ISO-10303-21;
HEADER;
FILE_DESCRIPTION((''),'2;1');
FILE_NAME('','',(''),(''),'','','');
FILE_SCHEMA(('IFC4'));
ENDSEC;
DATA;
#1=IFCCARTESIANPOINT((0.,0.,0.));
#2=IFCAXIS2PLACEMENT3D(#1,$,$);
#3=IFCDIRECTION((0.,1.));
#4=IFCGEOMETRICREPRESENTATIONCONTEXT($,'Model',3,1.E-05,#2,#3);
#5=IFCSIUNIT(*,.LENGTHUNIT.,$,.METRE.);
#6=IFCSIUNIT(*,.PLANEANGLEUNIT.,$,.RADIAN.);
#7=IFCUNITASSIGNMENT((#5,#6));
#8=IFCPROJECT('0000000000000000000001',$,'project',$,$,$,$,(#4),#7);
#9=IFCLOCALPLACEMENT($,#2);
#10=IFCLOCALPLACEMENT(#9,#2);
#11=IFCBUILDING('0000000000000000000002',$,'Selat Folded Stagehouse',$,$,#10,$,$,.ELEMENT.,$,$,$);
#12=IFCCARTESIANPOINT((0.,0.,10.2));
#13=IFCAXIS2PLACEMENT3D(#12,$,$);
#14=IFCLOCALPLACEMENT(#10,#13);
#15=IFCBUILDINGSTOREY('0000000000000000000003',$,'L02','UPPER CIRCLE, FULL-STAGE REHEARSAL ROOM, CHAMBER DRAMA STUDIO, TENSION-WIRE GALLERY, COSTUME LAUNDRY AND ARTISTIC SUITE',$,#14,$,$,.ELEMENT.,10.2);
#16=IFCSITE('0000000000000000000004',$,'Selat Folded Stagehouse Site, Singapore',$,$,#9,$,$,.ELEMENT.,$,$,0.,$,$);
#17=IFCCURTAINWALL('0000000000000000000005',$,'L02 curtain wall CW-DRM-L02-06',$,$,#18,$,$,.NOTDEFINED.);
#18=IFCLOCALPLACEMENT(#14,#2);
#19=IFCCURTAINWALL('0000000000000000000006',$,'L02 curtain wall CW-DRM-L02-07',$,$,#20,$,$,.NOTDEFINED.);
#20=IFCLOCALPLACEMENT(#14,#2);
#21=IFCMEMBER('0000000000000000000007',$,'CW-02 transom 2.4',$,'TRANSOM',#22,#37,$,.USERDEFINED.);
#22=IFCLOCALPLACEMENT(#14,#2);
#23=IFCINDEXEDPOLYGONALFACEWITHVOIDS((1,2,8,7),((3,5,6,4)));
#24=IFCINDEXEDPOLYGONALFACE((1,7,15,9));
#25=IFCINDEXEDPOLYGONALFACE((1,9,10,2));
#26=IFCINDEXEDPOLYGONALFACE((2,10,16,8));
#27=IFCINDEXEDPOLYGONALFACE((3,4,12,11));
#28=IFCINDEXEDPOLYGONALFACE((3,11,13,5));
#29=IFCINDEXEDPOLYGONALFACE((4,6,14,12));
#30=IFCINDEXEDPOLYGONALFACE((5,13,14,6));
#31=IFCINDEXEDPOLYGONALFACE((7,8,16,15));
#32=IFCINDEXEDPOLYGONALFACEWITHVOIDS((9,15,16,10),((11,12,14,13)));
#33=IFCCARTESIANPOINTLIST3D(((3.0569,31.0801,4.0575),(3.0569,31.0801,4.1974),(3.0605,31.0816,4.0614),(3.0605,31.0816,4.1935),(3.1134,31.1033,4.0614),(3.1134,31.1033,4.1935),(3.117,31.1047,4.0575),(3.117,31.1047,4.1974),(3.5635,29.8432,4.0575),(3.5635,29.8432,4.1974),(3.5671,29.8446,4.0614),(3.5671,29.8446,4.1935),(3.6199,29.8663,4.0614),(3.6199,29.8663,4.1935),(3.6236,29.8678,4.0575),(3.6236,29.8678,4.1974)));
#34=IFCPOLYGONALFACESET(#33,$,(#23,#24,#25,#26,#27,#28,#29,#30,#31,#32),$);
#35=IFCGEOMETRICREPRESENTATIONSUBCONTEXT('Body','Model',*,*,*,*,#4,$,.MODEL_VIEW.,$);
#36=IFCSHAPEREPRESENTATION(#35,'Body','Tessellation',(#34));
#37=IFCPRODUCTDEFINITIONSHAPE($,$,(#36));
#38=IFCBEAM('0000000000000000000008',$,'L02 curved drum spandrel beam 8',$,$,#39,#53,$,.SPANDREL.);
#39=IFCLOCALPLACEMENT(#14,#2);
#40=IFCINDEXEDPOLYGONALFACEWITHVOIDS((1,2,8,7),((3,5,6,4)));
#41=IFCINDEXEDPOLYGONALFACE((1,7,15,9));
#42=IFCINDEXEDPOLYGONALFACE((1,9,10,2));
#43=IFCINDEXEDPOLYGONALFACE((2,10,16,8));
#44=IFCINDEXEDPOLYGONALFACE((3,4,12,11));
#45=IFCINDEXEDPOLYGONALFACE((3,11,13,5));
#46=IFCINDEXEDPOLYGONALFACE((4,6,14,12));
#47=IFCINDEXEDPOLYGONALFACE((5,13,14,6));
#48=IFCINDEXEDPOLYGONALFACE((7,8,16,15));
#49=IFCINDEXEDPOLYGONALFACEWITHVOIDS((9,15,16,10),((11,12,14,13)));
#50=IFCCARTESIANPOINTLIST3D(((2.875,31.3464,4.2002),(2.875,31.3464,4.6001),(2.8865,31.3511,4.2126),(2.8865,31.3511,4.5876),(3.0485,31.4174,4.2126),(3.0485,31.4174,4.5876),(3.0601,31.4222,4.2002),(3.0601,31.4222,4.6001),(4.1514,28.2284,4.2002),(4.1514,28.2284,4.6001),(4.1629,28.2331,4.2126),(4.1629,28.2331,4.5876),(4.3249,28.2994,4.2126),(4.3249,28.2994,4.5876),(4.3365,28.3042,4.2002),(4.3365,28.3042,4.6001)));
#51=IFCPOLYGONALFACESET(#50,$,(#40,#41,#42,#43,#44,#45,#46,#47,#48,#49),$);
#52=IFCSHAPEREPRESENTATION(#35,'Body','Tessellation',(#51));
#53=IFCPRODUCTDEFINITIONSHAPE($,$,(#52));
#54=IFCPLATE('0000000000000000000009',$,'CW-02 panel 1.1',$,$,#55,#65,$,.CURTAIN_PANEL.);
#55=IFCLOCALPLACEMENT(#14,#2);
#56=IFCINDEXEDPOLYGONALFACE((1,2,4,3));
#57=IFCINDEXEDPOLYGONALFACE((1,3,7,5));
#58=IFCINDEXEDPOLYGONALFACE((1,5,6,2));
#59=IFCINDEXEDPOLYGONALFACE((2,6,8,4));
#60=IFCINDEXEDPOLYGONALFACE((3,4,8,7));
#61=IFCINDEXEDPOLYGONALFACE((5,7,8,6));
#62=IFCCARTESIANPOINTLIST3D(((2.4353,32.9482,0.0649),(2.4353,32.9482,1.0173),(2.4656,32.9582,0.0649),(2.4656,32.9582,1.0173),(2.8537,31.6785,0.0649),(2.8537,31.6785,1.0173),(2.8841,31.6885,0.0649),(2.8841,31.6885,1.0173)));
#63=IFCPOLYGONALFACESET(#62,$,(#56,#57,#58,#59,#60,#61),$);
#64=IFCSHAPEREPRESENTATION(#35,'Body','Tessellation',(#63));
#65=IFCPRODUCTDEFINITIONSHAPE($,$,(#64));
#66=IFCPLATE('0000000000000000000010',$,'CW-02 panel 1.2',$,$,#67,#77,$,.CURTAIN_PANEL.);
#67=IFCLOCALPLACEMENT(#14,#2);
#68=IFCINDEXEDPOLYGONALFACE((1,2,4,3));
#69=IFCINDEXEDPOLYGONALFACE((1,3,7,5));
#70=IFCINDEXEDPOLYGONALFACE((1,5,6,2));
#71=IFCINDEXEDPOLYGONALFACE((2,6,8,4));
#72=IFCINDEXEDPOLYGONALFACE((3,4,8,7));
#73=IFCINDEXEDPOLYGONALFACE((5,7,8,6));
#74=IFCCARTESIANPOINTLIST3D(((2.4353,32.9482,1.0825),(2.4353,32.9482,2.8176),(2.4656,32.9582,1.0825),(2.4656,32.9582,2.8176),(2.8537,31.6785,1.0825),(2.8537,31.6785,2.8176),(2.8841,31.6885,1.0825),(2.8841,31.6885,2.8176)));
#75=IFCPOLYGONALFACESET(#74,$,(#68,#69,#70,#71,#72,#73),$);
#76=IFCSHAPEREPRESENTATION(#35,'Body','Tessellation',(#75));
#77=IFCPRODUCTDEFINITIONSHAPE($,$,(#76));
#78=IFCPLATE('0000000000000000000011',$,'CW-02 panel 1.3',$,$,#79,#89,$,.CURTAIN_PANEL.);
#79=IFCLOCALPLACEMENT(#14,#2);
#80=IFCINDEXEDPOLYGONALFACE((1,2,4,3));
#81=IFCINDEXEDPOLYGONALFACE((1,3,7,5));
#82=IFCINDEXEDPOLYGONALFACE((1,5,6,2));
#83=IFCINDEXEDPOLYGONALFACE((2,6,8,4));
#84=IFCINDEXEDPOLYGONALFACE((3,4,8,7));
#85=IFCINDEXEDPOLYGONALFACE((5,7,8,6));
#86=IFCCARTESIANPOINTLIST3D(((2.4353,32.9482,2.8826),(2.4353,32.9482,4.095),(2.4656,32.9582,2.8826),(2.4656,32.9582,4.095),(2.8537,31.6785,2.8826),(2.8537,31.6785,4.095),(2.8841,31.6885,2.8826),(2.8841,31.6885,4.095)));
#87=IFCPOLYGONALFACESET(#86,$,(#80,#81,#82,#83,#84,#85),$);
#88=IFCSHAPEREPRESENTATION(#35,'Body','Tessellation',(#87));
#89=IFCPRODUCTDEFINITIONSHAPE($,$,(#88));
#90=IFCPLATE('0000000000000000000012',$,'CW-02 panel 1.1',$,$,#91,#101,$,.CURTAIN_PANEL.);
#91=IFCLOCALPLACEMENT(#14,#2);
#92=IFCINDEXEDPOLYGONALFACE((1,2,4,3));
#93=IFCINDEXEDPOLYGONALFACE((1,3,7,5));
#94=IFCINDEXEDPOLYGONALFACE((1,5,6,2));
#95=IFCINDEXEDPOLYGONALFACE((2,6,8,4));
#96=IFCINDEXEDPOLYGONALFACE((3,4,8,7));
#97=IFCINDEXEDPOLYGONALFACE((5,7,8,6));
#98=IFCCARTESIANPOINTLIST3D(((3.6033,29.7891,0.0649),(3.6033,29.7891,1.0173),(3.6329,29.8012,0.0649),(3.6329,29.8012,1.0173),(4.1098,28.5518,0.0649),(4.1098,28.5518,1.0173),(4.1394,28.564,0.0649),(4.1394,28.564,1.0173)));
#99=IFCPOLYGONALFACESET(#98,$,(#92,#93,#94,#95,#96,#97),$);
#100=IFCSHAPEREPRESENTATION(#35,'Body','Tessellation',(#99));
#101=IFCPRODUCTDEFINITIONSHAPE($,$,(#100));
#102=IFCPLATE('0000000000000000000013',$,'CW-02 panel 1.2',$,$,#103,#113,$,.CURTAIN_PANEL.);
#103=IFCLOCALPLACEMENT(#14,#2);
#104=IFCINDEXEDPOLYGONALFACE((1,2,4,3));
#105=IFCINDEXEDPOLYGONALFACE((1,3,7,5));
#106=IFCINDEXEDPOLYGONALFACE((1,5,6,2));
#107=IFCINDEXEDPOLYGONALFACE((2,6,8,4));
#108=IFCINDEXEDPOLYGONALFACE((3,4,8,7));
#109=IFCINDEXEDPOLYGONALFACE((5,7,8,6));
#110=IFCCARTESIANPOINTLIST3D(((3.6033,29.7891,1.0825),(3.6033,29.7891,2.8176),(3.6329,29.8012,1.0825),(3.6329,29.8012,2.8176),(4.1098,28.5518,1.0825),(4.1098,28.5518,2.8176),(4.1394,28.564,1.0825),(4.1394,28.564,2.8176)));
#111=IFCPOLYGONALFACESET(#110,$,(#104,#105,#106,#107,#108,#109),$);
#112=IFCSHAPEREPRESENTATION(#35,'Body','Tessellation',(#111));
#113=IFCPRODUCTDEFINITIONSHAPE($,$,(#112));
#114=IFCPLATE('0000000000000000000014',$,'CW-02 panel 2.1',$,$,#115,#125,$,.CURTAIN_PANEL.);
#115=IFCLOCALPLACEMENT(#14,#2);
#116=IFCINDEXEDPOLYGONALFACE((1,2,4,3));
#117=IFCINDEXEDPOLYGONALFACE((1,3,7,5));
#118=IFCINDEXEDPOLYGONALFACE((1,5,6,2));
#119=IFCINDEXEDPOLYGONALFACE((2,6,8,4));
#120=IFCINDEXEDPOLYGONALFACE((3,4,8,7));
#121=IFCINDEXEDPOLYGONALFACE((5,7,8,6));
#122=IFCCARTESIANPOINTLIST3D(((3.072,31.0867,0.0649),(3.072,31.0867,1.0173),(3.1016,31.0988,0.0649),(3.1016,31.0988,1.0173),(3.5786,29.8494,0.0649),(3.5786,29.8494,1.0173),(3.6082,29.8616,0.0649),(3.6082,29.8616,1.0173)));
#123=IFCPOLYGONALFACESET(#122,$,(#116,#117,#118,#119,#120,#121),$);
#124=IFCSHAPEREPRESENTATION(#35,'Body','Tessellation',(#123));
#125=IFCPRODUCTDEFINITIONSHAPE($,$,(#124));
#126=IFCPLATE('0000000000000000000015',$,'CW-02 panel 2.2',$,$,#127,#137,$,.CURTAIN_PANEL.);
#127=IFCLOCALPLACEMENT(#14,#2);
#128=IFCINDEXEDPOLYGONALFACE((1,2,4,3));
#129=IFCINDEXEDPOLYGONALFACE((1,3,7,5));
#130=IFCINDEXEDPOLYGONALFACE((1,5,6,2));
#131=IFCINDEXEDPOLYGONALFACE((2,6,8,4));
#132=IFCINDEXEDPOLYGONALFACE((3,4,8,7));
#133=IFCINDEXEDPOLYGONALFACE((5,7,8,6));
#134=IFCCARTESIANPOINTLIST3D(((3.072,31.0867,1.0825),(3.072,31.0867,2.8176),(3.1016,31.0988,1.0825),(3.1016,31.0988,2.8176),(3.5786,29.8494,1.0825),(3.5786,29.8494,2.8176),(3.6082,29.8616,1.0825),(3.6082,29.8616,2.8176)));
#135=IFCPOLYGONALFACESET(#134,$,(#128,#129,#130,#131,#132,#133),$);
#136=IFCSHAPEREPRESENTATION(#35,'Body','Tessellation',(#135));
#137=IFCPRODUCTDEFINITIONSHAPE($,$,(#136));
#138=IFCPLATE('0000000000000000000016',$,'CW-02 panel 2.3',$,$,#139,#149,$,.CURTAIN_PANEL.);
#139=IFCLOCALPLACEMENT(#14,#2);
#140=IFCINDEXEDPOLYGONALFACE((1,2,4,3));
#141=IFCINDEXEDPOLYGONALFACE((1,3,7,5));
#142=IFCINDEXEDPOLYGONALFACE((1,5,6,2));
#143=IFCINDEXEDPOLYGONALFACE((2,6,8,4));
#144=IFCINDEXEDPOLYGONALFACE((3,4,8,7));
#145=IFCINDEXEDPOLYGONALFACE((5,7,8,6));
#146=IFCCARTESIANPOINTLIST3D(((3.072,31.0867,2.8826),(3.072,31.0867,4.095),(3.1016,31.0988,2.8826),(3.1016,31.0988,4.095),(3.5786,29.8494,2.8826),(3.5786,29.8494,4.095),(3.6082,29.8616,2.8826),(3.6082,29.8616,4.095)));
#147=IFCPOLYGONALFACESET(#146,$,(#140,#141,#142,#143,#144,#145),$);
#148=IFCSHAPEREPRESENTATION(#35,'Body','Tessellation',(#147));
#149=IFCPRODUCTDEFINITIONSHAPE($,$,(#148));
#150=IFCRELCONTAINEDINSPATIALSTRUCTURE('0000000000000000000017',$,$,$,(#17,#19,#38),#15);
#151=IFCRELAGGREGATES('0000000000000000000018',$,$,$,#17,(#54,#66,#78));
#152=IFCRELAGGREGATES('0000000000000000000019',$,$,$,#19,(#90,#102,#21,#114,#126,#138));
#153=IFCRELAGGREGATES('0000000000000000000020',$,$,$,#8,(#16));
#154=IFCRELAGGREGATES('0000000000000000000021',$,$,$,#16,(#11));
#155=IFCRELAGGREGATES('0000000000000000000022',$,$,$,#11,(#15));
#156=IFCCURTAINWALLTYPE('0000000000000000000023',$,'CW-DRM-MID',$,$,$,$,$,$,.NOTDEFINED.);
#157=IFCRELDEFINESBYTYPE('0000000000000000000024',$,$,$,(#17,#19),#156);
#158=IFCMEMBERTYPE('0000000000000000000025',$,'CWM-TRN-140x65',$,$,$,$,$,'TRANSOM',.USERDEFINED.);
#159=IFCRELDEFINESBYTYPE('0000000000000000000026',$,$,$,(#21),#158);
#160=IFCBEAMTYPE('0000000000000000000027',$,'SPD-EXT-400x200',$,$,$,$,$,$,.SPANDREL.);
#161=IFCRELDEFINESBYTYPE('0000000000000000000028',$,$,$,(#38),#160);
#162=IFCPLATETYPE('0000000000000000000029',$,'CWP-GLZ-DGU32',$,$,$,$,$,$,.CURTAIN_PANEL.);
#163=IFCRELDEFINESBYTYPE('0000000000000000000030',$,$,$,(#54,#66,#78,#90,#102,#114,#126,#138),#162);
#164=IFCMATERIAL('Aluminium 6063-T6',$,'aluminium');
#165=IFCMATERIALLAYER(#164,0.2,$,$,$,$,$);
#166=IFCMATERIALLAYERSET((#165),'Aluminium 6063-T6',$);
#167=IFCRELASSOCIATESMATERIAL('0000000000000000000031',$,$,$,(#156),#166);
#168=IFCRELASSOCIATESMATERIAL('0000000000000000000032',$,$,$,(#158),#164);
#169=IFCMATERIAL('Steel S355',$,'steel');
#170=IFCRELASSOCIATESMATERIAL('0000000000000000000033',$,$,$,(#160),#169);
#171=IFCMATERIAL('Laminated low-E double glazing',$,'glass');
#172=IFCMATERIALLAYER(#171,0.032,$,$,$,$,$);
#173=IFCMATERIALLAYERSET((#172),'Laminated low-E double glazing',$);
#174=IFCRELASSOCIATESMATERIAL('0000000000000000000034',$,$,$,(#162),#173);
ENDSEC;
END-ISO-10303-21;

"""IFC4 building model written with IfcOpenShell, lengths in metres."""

from ifc_helpers import new_model, si_unit, direction, frame, origin, origin_2d, place, context, subcontext, project, spatial, rectangle, hollow_rectangle, extrude, material, layer, layer_set, material_profile, profile_set, type_object, element, aggregate, save


model = new_model("IFC4")

# Units and contexts
model_context = context("Model", 3, precision=1e-05, world=origin(), true_north=direction((0.0, 1.0)))
body_context = subcontext(model_context, "Body", "Model", "MODEL_VIEW")
ifc_project = project(units=[si_unit("LENGTHUNIT", "METRE"), si_unit("PLANEANGLEUNIT", "RADIAN")], contexts=[model_context])

# Site, building, storey
site_placement = place(None, origin())
site = spatial("IfcSite", under=ifc_project, at=site_placement, Name="Selat Folded Stagehouse Site, Singapore", CompositionType="ELEMENT", RefElevation=0.0)
building_placement = place(site_placement, origin())
building = spatial("IfcBuilding", under=site, at=building_placement, Name="Selat Folded Stagehouse", CompositionType="ELEMENT")
storey_placement = place(building_placement, frame((0.0, 0.0, 10.2)))
storey = spatial("IfcBuildingStorey", under=building, at=storey_placement, Name="L02", Description="UPPER CIRCLE, FULL-STAGE REHEARSAL ROOM, CHAMBER DRAMA STUDIO, TENSION-WIRE GALLERY, COSTUME LAUNDRY AND ARTISTIC SUITE", CompositionType="ELEMENT", Elevation=10.2)

# Curtain walls, member
ifc_material_1 = material(Name="Aluminium 6063-T6", Category="aluminium")
ifc_layer_1 = layer(ifc_material_1, 0.2)
ifc_layer_set_1 = layer_set([ifc_layer_1], Name="Aluminium 6063-T6")
curtain_wall_type = type_object("IfcCurtainWallType", Name="CW-DRM-MID", PredefinedType="NOTDEFINED", material=ifc_layer_set_1)
curtain_wall_1_placement = place(storey_placement, origin())
curtain_wall_1 = element("IfcCurtainWall", 1, at=curtain_wall_1_placement, inside=storey, type_object=curtain_wall_type, Name="L02 curtain wall CW-DRM-L02-06", PredefinedType="NOTDEFINED")
ifc_material_profile_1 = material_profile(ifc_material_1, hollow_rectangle(XDim=0.0649, YDim=0.1399, WallThickness=0.0039, at=origin_2d()), Name="ALU 140x65x4.0")
ifc_profile_set_1 = profile_set([ifc_material_profile_1], Name="Aluminium 6063-T6")
member_type_1 = type_object("IfcMemberType", Name="CWM-TRN-140x65", ElementType="TRANSOM", PredefinedType="USERDEFINED", material=ifc_profile_set_1)
curtain_wall_2_placement = place(storey_placement, origin())
curtain_wall_2 = element("IfcCurtainWall", 2, at=curtain_wall_2_placement, inside=storey, type_object=curtain_wall_type, Name="L02 curtain wall CW-DRM-L02-07", PredefinedType="NOTDEFINED")
member_1_placement = place(storey_placement, frame((3.5935, 29.8555, 4.1274), z_axis=(-0.378967, 0.92541, 0.0), x_axis=(-0.92541, -0.378967, 0.0)))
member_1 = element("IfcMember", 3, at=member_1_placement, type_object=member_type_1, Name="CW-02 transom 2.4", ObjectType="TRANSOM", PredefinedType="USERDEFINED", context=body_context, shape_type="SweptSolid", body=[
    extrude(hollow_rectangle(XDim=0.0649, YDim=0.1399, WallThickness=0.0039, at=origin_2d()), origin(), (0.0, 0.0, 1.0), 1.3367),
])

# Beam
ifc_material_2 = material(Name="Steel S355", Category="steel")
ifc_material_profile_2 = material_profile(ifc_material_2, hollow_rectangle(XDim=0.2, YDim=0.3999, WallThickness=0.0125, at=origin_2d()), Name="RHS 400x200x12.5")
ifc_profile_set_2 = profile_set([ifc_material_profile_2], Name="Steel S355")
beam_type = type_object("IfcBeamType", Name="SPD-EXT-400x200", PredefinedType="SPANDREL", material=ifc_profile_set_2)
beam_placement = place(storey_placement, frame((2.9675, 31.3843, 4.4001), z_axis=(0.37885, -0.925458, 0.0), x_axis=(0.925458, 0.37885, 0.0)))
element("IfcBeam", 4, at=beam_placement, inside=storey, type_object=beam_type, Name="L02 curved drum spandrel beam 8", PredefinedType="SPANDREL", context=body_context, shape_type="SweptSolid", body=[
    extrude(hollow_rectangle(XDim=0.2, YDim=0.3999, WallThickness=0.0125, at=origin_2d()), origin(), (0.0, 0.0, 1.0), 3.3691),
])

# Plates
ifc_material_3 = material(Name="Laminated low-E double glazing", Category="glass")
ifc_layer_2 = layer(ifc_material_3, 0.032)
ifc_layer_set_2 = layer_set([ifc_layer_2], Name="Laminated low-E double glazing")
plate_type = type_object("IfcPlateType", Name="CWP-GLZ-DGU32", PredefinedType="CURTAIN_PANEL", material=ifc_layer_set_2)
plate_1_placement = place(storey_placement, frame((2.6597, 32.3184, 0.0649), z_axis=(0.0, 0.0, 1.0), x_axis=(-0.312995, 0.949755, 0.0)))
plate_1 = element("IfcPlate", 5, at=plate_1_placement, type_object=plate_type, Name="CW-02 panel 1.1", PredefinedType="CURTAIN_PANEL", context=body_context, shape_type="SweptSolid", body=[
    extrude(rectangle(XDim=1.3369, YDim=0.032, at=origin_2d()), origin(), (0.0, 0.0, 1.0), 0.9524),
])
plate_2_placement = place(storey_placement, frame((2.6597, 32.3184, 1.0825), z_axis=(0.0, 0.0, 1.0), x_axis=(-0.312995, 0.949755, 0.0)))
plate_2 = element("IfcPlate", 6, at=plate_2_placement, type_object=plate_type, Name="CW-02 panel 1.2", PredefinedType="CURTAIN_PANEL", context=body_context, shape_type="SweptSolid", body=[
    extrude(rectangle(XDim=1.3369, YDim=0.032, at=origin_2d()), origin(), (0.0, 0.0, 1.0), 1.7351),
])
plate_3_placement = place(storey_placement, frame((2.6597, 32.3184, 2.8826), z_axis=(0.0, 0.0, 1.0), x_axis=(-0.312995, 0.949755, 0.0)))
plate_3 = element("IfcPlate", 7, at=plate_3_placement, type_object=plate_type, Name="CW-02 panel 1.3", PredefinedType="CURTAIN_PANEL", context=body_context, shape_type="SweptSolid", body=[
    extrude(rectangle(XDim=1.3369, YDim=0.032, at=origin_2d()), origin(), (0.0, 0.0, 1.0), 1.2124),
])
aggregate(curtain_wall_1, [plate_1, plate_2, plate_3])
plate_4_placement = place(storey_placement, frame((3.8713, 29.1765, 0.0649), z_axis=(0.0, 0.0, 1.0), x_axis=(-0.378891, 0.925441, 0.0)))
plate_4 = element("IfcPlate", 8, at=plate_4_placement, type_object=plate_type, Name="CW-02 panel 1.1", PredefinedType="CURTAIN_PANEL", context=body_context, shape_type="SweptSolid", body=[
    extrude(rectangle(XDim=1.3369, YDim=0.032, at=origin_2d()), origin(), (0.0, 0.0, 1.0), 0.9524),
])
plate_5_placement = place(storey_placement, frame((3.8713, 29.1765, 1.0825), z_axis=(0.0, 0.0, 1.0), x_axis=(-0.378891, 0.925441, 0.0)))
plate_5 = element("IfcPlate", 9, at=plate_5_placement, type_object=plate_type, Name="CW-02 panel 1.2", PredefinedType="CURTAIN_PANEL", context=body_context, shape_type="SweptSolid", body=[
    extrude(rectangle(XDim=1.3369, YDim=0.032, at=origin_2d()), origin(), (0.0, 0.0, 1.0), 1.7351),
])
plate_6_placement = place(storey_placement, frame((3.3401, 30.4741, 0.0649), z_axis=(0.0, 0.0, 1.0), x_axis=(-0.378891, 0.925441, 0.0)))
plate_6 = element("IfcPlate", 10, at=plate_6_placement, type_object=plate_type, Name="CW-02 panel 2.1", PredefinedType="CURTAIN_PANEL", context=body_context, shape_type="SweptSolid", body=[
    extrude(rectangle(XDim=1.3369, YDim=0.032, at=origin_2d()), origin(), (0.0, 0.0, 1.0), 0.9524),
])
plate_7_placement = place(storey_placement, frame((3.3401, 30.4741, 1.0825), z_axis=(0.0, 0.0, 1.0), x_axis=(-0.378891, 0.925441, 0.0)))
plate_7 = element("IfcPlate", 11, at=plate_7_placement, type_object=plate_type, Name="CW-02 panel 2.2", PredefinedType="CURTAIN_PANEL", context=body_context, shape_type="SweptSolid", body=[
    extrude(rectangle(XDim=1.3369, YDim=0.032, at=origin_2d()), origin(), (0.0, 0.0, 1.0), 1.7351),
])
plate_8_placement = place(storey_placement, frame((3.3401, 30.4741, 2.8826), z_axis=(0.0, 0.0, 1.0), x_axis=(-0.378891, 0.925441, 0.0)))
plate_8 = element("IfcPlate", 12, at=plate_8_placement, type_object=plate_type, Name="CW-02 panel 2.3", PredefinedType="CURTAIN_PANEL", context=body_context, shape_type="SweptSolid", body=[
    extrude(rectangle(XDim=1.3369, YDim=0.032, at=origin_2d()), origin(), (0.0, 0.0, 1.0), 1.2124),
])
aggregate(curtain_wall_2, [plate_4, plate_5, member_1, plate_6, plate_7, plate_8])

save(model, "model.ifc")
